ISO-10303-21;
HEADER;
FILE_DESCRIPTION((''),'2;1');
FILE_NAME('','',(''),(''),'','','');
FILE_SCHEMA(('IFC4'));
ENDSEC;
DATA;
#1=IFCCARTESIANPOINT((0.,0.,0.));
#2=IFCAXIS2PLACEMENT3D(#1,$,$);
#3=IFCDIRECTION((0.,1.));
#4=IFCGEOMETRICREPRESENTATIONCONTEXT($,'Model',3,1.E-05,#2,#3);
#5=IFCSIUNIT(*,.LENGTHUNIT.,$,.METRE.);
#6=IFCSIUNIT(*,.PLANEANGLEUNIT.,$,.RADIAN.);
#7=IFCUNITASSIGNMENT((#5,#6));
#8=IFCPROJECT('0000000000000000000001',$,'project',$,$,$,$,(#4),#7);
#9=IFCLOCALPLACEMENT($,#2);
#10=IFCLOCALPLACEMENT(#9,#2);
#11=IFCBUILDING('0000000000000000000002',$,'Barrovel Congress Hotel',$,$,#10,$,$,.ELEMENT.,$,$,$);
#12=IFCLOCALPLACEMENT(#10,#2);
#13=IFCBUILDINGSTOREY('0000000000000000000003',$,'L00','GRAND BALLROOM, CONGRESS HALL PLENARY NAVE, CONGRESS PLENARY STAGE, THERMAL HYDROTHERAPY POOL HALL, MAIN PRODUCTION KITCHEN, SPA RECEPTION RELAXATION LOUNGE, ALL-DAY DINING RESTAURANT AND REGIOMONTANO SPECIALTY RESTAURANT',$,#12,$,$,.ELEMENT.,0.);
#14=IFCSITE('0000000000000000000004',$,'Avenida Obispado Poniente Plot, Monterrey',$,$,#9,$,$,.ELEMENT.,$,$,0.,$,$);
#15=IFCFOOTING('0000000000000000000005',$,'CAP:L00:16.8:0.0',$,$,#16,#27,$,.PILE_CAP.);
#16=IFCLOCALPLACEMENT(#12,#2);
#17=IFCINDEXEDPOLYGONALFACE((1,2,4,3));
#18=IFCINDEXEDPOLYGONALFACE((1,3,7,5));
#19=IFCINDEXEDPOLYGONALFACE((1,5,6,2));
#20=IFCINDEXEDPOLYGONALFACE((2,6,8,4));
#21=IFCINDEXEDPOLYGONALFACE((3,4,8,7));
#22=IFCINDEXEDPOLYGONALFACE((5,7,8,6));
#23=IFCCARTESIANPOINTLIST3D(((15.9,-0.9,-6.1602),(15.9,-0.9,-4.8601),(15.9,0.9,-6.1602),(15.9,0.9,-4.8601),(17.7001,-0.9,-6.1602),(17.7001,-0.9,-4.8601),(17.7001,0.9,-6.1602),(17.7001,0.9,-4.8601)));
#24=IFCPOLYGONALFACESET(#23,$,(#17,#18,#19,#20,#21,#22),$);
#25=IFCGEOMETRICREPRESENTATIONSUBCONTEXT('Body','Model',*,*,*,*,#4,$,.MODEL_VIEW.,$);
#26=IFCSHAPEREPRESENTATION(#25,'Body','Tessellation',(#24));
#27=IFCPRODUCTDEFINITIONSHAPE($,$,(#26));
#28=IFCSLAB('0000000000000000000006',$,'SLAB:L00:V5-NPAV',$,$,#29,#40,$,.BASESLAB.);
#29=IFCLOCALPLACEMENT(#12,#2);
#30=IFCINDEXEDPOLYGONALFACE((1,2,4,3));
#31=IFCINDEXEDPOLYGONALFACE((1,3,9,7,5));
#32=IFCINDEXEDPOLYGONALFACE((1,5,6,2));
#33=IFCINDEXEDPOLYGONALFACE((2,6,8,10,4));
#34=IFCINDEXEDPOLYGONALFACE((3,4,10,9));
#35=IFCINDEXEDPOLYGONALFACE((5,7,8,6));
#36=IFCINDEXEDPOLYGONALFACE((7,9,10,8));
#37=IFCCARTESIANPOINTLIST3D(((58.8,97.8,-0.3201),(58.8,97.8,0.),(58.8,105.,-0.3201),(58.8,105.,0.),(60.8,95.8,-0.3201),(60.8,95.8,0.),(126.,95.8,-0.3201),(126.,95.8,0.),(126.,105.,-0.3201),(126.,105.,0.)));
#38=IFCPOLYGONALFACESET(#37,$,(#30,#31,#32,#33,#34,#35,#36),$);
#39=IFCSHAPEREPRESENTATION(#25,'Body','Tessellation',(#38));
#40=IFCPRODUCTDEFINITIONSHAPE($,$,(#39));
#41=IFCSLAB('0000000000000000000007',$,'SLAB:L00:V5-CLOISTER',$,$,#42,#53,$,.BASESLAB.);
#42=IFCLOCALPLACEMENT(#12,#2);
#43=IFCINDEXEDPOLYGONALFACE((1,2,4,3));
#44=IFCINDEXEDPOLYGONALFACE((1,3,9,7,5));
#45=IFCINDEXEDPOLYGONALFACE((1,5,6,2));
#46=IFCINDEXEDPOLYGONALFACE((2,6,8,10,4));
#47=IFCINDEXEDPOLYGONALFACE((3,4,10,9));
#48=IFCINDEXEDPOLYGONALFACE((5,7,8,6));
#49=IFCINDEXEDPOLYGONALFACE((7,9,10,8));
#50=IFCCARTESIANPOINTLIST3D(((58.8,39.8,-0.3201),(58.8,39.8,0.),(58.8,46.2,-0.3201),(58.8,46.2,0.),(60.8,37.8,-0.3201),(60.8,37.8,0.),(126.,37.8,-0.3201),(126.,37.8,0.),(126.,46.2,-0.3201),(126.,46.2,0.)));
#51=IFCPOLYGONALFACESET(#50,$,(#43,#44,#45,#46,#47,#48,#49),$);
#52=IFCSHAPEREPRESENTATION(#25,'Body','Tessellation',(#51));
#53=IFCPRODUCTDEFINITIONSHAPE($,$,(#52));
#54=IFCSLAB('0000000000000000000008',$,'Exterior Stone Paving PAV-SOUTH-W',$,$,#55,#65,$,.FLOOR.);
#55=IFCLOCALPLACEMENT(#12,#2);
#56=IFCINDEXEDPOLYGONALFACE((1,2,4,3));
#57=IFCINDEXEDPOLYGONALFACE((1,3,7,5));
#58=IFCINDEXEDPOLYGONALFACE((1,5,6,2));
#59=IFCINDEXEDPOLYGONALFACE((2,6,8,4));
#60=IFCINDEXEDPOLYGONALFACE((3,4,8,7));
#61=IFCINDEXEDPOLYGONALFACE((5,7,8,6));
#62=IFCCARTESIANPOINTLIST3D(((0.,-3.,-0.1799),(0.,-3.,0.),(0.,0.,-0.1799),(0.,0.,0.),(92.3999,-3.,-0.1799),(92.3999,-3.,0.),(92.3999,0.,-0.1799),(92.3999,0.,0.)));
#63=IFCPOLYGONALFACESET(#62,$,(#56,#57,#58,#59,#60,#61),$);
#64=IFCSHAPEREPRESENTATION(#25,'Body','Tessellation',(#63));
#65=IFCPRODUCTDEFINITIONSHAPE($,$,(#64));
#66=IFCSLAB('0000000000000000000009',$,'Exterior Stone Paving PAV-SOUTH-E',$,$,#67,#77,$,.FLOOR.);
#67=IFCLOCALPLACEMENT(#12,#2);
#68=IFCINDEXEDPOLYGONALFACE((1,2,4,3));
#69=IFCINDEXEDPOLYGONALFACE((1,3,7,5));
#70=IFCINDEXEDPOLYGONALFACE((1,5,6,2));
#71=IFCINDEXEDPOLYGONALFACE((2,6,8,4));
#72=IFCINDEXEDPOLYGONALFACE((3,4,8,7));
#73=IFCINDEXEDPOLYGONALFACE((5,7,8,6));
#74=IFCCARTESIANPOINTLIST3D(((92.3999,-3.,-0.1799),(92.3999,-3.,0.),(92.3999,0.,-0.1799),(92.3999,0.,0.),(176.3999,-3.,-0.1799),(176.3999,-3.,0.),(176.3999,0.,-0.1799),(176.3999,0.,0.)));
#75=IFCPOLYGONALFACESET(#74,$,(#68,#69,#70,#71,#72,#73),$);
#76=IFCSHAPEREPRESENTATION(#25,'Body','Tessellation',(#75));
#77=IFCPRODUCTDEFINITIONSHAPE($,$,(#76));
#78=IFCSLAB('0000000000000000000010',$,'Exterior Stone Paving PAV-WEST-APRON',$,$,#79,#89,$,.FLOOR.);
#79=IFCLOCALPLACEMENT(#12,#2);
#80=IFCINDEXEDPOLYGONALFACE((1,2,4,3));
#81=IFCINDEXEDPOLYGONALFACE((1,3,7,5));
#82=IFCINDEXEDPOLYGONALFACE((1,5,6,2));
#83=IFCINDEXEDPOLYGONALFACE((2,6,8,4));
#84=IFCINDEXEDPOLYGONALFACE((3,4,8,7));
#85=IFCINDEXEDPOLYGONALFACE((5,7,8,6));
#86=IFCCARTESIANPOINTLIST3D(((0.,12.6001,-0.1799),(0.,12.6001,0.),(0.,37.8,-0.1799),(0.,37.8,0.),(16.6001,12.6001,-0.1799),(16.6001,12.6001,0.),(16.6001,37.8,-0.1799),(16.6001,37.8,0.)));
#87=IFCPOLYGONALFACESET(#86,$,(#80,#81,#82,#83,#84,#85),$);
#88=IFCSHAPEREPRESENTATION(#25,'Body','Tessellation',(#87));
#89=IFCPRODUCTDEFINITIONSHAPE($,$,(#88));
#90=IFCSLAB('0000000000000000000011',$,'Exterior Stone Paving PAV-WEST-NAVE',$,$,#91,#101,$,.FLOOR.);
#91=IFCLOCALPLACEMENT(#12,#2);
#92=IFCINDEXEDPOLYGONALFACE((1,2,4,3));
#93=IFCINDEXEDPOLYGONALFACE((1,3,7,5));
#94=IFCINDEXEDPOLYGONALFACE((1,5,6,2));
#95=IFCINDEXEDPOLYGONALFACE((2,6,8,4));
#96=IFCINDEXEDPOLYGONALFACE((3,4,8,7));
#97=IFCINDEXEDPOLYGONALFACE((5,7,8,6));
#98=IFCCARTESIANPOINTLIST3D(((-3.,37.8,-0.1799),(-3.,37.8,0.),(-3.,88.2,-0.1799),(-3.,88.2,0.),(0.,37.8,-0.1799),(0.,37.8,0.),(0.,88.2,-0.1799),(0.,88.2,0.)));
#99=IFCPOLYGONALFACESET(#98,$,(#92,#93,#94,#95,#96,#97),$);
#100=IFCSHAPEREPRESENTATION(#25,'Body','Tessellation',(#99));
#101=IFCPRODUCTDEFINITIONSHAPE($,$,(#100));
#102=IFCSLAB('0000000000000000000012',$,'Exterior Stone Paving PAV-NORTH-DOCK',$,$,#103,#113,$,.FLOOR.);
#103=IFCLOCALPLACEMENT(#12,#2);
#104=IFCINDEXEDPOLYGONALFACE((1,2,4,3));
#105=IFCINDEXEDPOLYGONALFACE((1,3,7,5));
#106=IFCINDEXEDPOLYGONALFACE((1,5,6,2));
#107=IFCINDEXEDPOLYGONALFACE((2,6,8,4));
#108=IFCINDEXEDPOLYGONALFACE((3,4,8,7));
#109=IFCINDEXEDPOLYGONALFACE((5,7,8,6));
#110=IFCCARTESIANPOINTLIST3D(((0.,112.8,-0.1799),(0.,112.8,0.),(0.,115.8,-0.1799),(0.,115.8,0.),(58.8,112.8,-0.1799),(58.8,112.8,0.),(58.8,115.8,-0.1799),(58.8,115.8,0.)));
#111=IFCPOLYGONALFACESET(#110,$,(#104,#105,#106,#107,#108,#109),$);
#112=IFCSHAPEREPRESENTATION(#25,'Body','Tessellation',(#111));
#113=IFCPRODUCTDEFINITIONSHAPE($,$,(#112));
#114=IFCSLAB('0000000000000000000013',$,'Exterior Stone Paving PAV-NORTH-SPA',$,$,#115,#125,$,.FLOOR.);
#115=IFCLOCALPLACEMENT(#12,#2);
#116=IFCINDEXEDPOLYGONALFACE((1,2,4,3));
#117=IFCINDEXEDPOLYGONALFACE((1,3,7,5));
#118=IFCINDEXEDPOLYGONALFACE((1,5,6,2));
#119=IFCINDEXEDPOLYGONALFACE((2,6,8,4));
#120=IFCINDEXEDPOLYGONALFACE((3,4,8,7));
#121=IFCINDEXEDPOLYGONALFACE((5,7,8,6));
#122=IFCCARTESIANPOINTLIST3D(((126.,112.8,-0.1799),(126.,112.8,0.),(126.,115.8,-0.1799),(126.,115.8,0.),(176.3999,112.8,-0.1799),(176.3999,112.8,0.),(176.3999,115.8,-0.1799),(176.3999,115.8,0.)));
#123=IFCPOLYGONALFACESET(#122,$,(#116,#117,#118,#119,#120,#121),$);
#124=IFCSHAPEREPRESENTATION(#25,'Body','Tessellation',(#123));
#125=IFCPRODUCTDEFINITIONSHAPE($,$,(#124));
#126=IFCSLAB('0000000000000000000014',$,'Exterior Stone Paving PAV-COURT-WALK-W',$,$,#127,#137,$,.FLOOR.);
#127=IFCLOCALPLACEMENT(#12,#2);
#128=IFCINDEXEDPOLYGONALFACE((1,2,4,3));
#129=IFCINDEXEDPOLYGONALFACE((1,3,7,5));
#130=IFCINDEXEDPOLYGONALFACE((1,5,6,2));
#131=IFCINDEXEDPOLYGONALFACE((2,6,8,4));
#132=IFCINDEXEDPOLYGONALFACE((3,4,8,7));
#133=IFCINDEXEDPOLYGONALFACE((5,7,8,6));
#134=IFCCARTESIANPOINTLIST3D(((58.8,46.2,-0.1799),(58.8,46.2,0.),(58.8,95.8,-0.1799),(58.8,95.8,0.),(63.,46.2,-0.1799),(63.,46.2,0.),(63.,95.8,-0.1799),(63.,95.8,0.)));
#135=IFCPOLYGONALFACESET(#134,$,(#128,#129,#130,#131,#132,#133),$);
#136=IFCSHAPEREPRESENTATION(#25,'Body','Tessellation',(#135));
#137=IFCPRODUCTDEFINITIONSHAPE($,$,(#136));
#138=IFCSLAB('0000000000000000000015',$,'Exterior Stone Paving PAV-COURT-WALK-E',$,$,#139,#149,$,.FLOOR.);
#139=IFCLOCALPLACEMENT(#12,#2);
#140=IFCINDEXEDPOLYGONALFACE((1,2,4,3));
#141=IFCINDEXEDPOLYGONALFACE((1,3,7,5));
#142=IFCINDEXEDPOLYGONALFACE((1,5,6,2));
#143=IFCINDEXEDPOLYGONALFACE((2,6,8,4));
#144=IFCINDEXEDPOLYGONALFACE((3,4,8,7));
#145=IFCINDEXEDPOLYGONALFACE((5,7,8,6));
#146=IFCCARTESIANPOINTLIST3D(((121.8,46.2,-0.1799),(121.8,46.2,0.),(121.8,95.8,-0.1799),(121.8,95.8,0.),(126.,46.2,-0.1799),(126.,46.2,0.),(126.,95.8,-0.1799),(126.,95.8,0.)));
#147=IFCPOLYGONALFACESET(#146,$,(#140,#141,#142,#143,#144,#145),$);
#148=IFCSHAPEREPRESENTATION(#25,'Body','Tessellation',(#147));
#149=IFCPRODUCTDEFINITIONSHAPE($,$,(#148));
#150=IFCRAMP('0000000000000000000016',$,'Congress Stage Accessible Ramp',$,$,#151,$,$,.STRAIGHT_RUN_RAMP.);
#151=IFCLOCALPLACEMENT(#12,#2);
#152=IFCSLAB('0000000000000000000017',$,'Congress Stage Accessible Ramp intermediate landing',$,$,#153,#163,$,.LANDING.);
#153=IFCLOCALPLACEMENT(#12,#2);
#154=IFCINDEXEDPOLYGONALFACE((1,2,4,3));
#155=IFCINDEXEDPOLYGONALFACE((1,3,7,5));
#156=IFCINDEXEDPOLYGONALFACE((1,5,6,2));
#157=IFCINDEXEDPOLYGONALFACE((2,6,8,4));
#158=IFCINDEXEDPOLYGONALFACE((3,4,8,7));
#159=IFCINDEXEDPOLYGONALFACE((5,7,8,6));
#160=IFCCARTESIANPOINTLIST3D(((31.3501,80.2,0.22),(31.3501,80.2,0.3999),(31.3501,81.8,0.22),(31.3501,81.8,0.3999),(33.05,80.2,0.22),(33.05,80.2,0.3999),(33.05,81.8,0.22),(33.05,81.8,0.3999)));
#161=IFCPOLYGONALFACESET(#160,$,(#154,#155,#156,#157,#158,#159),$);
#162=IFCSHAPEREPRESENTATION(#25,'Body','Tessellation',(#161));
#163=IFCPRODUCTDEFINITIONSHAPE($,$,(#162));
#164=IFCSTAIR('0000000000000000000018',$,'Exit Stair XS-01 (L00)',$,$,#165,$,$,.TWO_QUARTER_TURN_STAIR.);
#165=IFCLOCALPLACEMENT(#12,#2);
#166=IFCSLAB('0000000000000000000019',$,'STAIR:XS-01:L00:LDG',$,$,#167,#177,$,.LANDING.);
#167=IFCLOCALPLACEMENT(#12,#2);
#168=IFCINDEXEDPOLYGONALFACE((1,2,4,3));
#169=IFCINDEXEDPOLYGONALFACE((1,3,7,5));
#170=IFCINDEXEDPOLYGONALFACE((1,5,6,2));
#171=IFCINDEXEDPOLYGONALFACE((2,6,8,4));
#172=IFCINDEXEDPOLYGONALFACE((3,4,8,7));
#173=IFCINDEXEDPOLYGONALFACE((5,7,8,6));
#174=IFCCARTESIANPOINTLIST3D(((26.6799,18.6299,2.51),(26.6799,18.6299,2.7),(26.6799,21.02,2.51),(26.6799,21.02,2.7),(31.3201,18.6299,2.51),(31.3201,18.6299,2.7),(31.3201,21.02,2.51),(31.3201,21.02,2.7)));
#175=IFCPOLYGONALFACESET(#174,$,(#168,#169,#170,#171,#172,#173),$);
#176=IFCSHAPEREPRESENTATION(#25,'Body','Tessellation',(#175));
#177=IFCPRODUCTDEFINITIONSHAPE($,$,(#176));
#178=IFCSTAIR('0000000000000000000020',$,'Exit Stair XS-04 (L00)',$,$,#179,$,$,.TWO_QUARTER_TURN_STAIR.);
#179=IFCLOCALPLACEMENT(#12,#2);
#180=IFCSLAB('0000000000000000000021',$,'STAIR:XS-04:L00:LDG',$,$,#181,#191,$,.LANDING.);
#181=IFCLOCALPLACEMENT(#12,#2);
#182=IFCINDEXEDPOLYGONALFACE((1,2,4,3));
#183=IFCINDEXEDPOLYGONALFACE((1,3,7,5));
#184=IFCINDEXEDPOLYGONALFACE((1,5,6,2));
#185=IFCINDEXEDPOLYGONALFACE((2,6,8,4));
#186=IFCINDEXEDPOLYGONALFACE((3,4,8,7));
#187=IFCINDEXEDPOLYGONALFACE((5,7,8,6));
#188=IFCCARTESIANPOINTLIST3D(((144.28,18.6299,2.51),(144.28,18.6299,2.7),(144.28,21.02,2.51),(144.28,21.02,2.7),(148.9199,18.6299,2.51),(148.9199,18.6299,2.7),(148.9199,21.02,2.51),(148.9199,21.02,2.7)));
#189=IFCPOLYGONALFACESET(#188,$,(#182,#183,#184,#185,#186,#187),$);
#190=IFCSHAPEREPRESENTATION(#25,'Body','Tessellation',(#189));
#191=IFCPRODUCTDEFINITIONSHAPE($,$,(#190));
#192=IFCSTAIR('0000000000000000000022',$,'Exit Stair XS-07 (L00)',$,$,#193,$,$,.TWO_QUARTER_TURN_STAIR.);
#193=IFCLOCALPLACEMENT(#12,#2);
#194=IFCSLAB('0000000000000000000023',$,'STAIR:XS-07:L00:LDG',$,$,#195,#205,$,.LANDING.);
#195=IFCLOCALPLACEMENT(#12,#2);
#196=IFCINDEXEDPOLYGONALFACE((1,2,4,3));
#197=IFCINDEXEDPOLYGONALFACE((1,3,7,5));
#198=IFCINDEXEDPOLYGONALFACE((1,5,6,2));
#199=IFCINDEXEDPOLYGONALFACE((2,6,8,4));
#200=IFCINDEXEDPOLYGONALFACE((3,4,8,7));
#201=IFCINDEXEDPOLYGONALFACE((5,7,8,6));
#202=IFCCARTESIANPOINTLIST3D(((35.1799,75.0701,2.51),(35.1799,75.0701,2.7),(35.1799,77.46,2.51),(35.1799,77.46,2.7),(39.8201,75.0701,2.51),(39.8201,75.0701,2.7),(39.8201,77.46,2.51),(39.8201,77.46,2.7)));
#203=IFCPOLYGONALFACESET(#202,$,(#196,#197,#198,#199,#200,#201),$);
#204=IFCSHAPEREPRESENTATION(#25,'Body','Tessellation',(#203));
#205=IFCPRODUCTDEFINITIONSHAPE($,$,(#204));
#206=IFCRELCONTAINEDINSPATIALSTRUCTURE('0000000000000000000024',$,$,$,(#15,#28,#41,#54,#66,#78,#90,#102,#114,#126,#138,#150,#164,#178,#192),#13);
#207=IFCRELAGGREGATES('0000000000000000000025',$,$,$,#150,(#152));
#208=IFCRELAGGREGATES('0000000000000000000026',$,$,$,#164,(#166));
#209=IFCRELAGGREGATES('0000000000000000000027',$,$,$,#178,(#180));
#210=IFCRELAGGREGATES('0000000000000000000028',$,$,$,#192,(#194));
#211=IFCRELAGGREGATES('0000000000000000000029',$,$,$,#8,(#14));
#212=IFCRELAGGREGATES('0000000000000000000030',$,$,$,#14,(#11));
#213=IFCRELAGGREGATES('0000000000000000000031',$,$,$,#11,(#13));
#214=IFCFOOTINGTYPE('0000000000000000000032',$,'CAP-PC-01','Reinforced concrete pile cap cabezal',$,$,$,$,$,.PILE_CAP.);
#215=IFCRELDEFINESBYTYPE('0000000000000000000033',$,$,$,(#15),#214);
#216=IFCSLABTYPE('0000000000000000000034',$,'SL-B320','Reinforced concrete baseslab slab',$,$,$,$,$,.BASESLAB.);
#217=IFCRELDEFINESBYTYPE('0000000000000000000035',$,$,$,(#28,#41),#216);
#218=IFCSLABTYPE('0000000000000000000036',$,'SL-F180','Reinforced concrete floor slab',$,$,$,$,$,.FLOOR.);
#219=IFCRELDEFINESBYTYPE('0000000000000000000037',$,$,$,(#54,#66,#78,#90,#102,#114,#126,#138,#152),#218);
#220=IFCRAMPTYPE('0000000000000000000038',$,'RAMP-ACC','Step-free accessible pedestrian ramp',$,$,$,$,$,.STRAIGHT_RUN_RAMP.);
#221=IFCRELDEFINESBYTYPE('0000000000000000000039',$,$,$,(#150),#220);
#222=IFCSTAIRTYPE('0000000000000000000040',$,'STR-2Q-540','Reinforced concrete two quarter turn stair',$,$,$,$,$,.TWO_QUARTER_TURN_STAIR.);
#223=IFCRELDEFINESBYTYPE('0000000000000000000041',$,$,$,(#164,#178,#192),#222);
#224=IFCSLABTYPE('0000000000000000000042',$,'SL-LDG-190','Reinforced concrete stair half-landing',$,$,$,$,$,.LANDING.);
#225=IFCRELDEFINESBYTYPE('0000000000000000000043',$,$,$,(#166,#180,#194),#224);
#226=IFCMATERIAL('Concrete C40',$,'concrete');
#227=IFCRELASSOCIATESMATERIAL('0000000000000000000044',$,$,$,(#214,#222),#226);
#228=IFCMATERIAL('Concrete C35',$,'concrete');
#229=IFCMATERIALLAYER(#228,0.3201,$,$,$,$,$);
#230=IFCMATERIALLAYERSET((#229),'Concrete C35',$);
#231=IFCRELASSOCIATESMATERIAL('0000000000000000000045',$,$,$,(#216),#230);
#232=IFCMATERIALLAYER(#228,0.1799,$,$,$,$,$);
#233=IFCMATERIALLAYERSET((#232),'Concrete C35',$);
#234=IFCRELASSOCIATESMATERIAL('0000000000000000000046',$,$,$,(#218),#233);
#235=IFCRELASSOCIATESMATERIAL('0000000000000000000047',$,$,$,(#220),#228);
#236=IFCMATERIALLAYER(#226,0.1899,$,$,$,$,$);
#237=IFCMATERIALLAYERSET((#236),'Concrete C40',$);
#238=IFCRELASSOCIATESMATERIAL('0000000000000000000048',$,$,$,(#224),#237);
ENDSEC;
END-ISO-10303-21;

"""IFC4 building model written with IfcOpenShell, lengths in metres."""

from ifc_helpers import new_model, si_unit, direction, frame, origin, origin_2d, place, context, subcontext, project, spatial, polyline, rectangle, outline, extrude, material, layer, layer_set, type_object, element, aggregate, save


model = new_model("IFC4")

# Units and contexts
model_context = context("Model", 3, precision=1e-05, world=origin(), true_north=direction((0.0, 1.0)))
body_context = subcontext(model_context, "Body", "Model", "MODEL_VIEW")
ifc_project = project(units=[si_unit("LENGTHUNIT", "METRE"), si_unit("PLANEANGLEUNIT", "RADIAN")], contexts=[model_context])

# Site, building, storey
site_placement = place(None, origin())
site = spatial("IfcSite", under=ifc_project, at=site_placement, Name="Avenida Obispado Poniente Plot, Monterrey", CompositionType="ELEMENT", RefElevation=0.0)
building_placement = place(site_placement, origin())
building = spatial("IfcBuilding", under=site, at=building_placement, Name="Barrovel Congress Hotel", CompositionType="ELEMENT")
storey_placement = place(building_placement, origin())
storey = spatial("IfcBuildingStorey", under=building, at=storey_placement, Name="L00", Description="GRAND BALLROOM, CONGRESS HALL PLENARY NAVE, CONGRESS PLENARY STAGE, THERMAL HYDROTHERAPY POOL HALL, MAIN PRODUCTION KITCHEN, SPA RECEPTION RELAXATION LOUNGE, ALL-DAY DINING RESTAURANT AND REGIOMONTANO SPECIALTY RESTAURANT", CompositionType="ELEMENT", Elevation=0.0)

# Footing
ifc_material_1 = material(Name="Concrete C40", Category="concrete")
footing_type = type_object("IfcFootingType", Name="CAP-PC-01", Description="Reinforced concrete pile cap cabezal", PredefinedType="PILE_CAP", material=ifc_material_1)
footing_placement = place(storey_placement, frame((16.8, 0.0, -6.1602), z_axis=(0.0, 0.0, 1.0), x_axis=(1.0, 0.0, 0.0)))
element("IfcFooting", 1, at=footing_placement, inside=storey, type_object=footing_type, Name="CAP:L00:16.8:0.0", PredefinedType="PILE_CAP", context=body_context, shape_type="SweptSolid", body=[
    extrude(rectangle(XDim=1.8, YDim=1.8, at=origin_2d()), origin(), (0.0, 0.0, 1.0), 1.3),
])

# Slabs
ifc_material_2 = material(Name="Concrete C35", Category="concrete")
ifc_layer_1 = layer(ifc_material_2, 0.3201)
ifc_layer_set_1 = layer_set([ifc_layer_1], Name="Concrete C35")
slab_type_1 = type_object("IfcSlabType", Name="SL-B320", Description="Reinforced concrete baseslab slab", PredefinedType="BASESLAB", material=ifc_layer_set_1)
slab_1_placement = place(storey_placement, frame((0.0, 0.0, -0.3201)))
element("IfcSlab", 2, at=slab_1_placement, inside=storey, type_object=slab_type_1, Name="SLAB:L00:V5-NPAV", PredefinedType="BASESLAB", context=body_context, shape_type="SweptSolid", body=[
    extrude(outline(polyline([(60.8, 95.8), (126.0, 95.8), (126.0, 105.0), (58.8, 105.0), (58.8, 97.8), (60.8, 95.8)])), origin(), (0.0, 0.0, 1.0), 0.3201),
])
slab_2_placement = place(storey_placement, frame((0.0, 0.0, -0.3201)))
element("IfcSlab", 3, at=slab_2_placement, inside=storey, type_object=slab_type_1, Name="SLAB:L00:V5-CLOISTER", PredefinedType="BASESLAB", context=body_context, shape_type="SweptSolid", body=[
    extrude(outline(polyline([(60.8, 37.8), (126.0, 37.8), (126.0, 46.2), (58.8, 46.2), (58.8, 39.8), (60.8, 37.8)])), origin(), (0.0, 0.0, 1.0), 0.3201),
])
ifc_layer_2 = layer(ifc_material_2, 0.1799)
ifc_layer_set_2 = layer_set([ifc_layer_2], Name="Concrete C35")
slab_type_2 = type_object("IfcSlabType", Name="SL-F180", Description="Reinforced concrete floor slab", PredefinedType="FLOOR", material=ifc_layer_set_2)
slab_3_placement = place(storey_placement, frame((0.0, 0.0, -0.1799)))
element("IfcSlab", 4, at=slab_3_placement, inside=storey, type_object=slab_type_2, Name="Exterior Stone Paving PAV-SOUTH-W", PredefinedType="FLOOR", context=body_context, shape_type="SweptSolid", body=[
    extrude(outline(polyline([(0.0, -3.0), (92.3999, -3.0), (92.3999, 0.0), (0.0, 0.0), (0.0, -3.0)])), origin(), (0.0, 0.0, 1.0), 0.1799),
])
slab_4_placement = place(storey_placement, frame((0.0, 0.0, -0.1799)))
element("IfcSlab", 5, at=slab_4_placement, inside=storey, type_object=slab_type_2, Name="Exterior Stone Paving PAV-SOUTH-E", PredefinedType="FLOOR", context=body_context, shape_type="SweptSolid", body=[
    extrude(outline(polyline([(92.3999, -3.0), (176.3999, -3.0), (176.3999, 0.0), (92.3999, 0.0), (92.3999, -3.0)])), origin(), (0.0, 0.0, 1.0), 0.1799),
])
slab_5_placement = place(storey_placement, frame((0.0, 0.0, -0.1799)))
element("IfcSlab", 6, at=slab_5_placement, inside=storey, type_object=slab_type_2, Name="Exterior Stone Paving PAV-WEST-APRON", PredefinedType="FLOOR", context=body_context, shape_type="SweptSolid", body=[
    extrude(outline(polyline([(0.0, 12.6001), (16.6001, 12.6001), (16.6001, 37.8), (0.0, 37.8), (0.0, 12.6001)])), origin(), (0.0, 0.0, 1.0), 0.1799),
])
slab_6_placement = place(storey_placement, frame((0.0, 0.0, -0.1799)))
element("IfcSlab", 7, at=slab_6_placement, inside=storey, type_object=slab_type_2, Name="Exterior Stone Paving PAV-WEST-NAVE", PredefinedType="FLOOR", context=body_context, shape_type="SweptSolid", body=[
    extrude(outline(polyline([(-3.0, 37.8), (0.0, 37.8), (0.0, 88.2), (-3.0, 88.2), (-3.0, 37.8)])), origin(), (0.0, 0.0, 1.0), 0.1799),
])
slab_7_placement = place(storey_placement, frame((0.0, 0.0, -0.1799)))
element("IfcSlab", 8, at=slab_7_placement, inside=storey, type_object=slab_type_2, Name="Exterior Stone Paving PAV-NORTH-DOCK", PredefinedType="FLOOR", context=body_context, shape_type="SweptSolid", body=[
    extrude(outline(polyline([(0.0, 112.8), (58.8, 112.8), (58.8, 115.8), (0.0, 115.8), (0.0, 112.8)])), origin(), (0.0, 0.0, 1.0), 0.1799),
])
slab_8_placement = place(storey_placement, frame((0.0, 0.0, -0.1799)))
element("IfcSlab", 9, at=slab_8_placement, inside=storey, type_object=slab_type_2, Name="Exterior Stone Paving PAV-NORTH-SPA", PredefinedType="FLOOR", context=body_context, shape_type="SweptSolid", body=[
    extrude(outline(polyline([(126.0, 112.8), (176.3999, 112.8), (176.3999, 115.8), (126.0, 115.8), (126.0, 112.8)])), origin(), (0.0, 0.0, 1.0), 0.1799),
])
slab_9_placement = place(storey_placement, frame((0.0, 0.0, -0.1799)))
element("IfcSlab", 10, at=slab_9_placement, inside=storey, type_object=slab_type_2, Name="Exterior Stone Paving PAV-COURT-WALK-W", PredefinedType="FLOOR", context=body_context, shape_type="SweptSolid", body=[
    extrude(outline(polyline([(58.8, 46.2), (63.0, 46.2), (63.0, 95.8), (58.8, 95.8), (58.8, 46.2)])), origin(), (0.0, 0.0, 1.0), 0.1799),
])
slab_10_placement = place(storey_placement, frame((0.0, 0.0, -0.1799)))
element("IfcSlab", 11, at=slab_10_placement, inside=storey, type_object=slab_type_2, Name="Exterior Stone Paving PAV-COURT-WALK-E", PredefinedType="FLOOR", context=body_context, shape_type="SweptSolid", body=[
    extrude(outline(polyline([(121.8, 46.2), (126.0, 46.2), (126.0, 95.8), (121.8, 95.8), (121.8, 46.2)])), origin(), (0.0, 0.0, 1.0), 0.1799),
])

# Ramp, slab
ramp_type = type_object("IfcRampType", Name="RAMP-ACC", Description="Step-free accessible pedestrian ramp", PredefinedType="STRAIGHT_RUN_RAMP", material=ifc_material_2)
ramp_placement = place(storey_placement, origin())
ramp = element("IfcRamp", 12, at=ramp_placement, inside=storey, type_object=ramp_type, Name="Congress Stage Accessible Ramp", PredefinedType="STRAIGHT_RUN_RAMP")
slab_11_placement = place(storey_placement, frame((0.0, 0.0, 0.22)))
slab_11 = element("IfcSlab", 13, at=slab_11_placement, type_object=slab_type_2, Name="Congress Stage Accessible Ramp intermediate landing", PredefinedType="LANDING", context=body_context, shape_type="SweptSolid", body=[
    extrude(outline(polyline([(31.3501, 80.2), (33.05, 80.2), (33.05, 81.8), (31.3501, 81.8), (31.3501, 80.2)])), origin(), (0.0, 0.0, 1.0), 0.1799),
])
aggregate(ramp, [slab_11])

# Stairs, slabs
stair_type_1 = type_object("IfcStairType", Name="STR-2Q-540", Description="Reinforced concrete two quarter turn stair", PredefinedType="TWO_QUARTER_TURN_STAIR", material=ifc_material_1)
stair_1_placement = place(storey_placement, origin())
stair_1 = element("IfcStair", 14, at=stair_1_placement, inside=storey, type_object=stair_type_1, Name="Exit Stair XS-01 (L00)", PredefinedType="TWO_QUARTER_TURN_STAIR")
ifc_layer_3 = layer(ifc_material_1, 0.1899)
ifc_layer_set_3 = layer_set([ifc_layer_3], Name="Concrete C40")
slab_type_3 = type_object("IfcSlabType", Name="SL-LDG-190", Description="Reinforced concrete stair half-landing", PredefinedType="LANDING", material=ifc_layer_set_3)
slab_12_placement = place(storey_placement, frame((0.0, 0.0, 2.51)))
slab_12 = element("IfcSlab", 15, at=slab_12_placement, type_object=slab_type_3, Name="STAIR:XS-01:L00:LDG", PredefinedType="LANDING", context=body_context, shape_type="SweptSolid", body=[
    extrude(outline(polyline([(26.6799, 18.6299), (31.3201, 18.6299), (31.3201, 21.02), (26.6799, 21.02), (26.6799, 18.6299)])), origin(), (0.0, 0.0, 1.0), 0.1899),
])
aggregate(stair_1, [slab_12])
stair_2_placement = place(storey_placement, origin())
stair_2 = element("IfcStair", 16, at=stair_2_placement, inside=storey, type_object=stair_type_1, Name="Exit Stair XS-04 (L00)", PredefinedType="TWO_QUARTER_TURN_STAIR")
slab_13_placement = place(storey_placement, frame((0.0, 0.0, 2.51)))
slab_13 = element("IfcSlab", 17, at=slab_13_placement, type_object=slab_type_3, Name="STAIR:XS-04:L00:LDG", PredefinedType="LANDING", context=body_context, shape_type="SweptSolid", body=[
    extrude(outline(polyline([(144.28, 18.6299), (148.9199, 18.6299), (148.9199, 21.02), (144.28, 21.02), (144.28, 18.6299)])), origin(), (0.0, 0.0, 1.0), 0.1899),
])
aggregate(stair_2, [slab_13])
stair_3_placement = place(storey_placement, origin())
stair_3 = element("IfcStair", 18, at=stair_3_placement, inside=storey, type_object=stair_type_1, Name="Exit Stair XS-07 (L00)", PredefinedType="TWO_QUARTER_TURN_STAIR")
slab_14_placement = place(storey_placement, frame((0.0, 0.0, 2.51)))
slab_14 = element("IfcSlab", 19, at=slab_14_placement, type_object=slab_type_3, Name="STAIR:XS-07:L00:LDG", PredefinedType="LANDING", context=body_context, shape_type="SweptSolid", body=[
    extrude(outline(polyline([(35.1799, 75.0701), (39.8201, 75.0701), (39.8201, 77.46), (35.1799, 77.46), (35.1799, 75.0701)])), origin(), (0.0, 0.0, 1.0), 0.1899),
])
aggregate(stair_3, [slab_14])

save(model, "model.ifc")
